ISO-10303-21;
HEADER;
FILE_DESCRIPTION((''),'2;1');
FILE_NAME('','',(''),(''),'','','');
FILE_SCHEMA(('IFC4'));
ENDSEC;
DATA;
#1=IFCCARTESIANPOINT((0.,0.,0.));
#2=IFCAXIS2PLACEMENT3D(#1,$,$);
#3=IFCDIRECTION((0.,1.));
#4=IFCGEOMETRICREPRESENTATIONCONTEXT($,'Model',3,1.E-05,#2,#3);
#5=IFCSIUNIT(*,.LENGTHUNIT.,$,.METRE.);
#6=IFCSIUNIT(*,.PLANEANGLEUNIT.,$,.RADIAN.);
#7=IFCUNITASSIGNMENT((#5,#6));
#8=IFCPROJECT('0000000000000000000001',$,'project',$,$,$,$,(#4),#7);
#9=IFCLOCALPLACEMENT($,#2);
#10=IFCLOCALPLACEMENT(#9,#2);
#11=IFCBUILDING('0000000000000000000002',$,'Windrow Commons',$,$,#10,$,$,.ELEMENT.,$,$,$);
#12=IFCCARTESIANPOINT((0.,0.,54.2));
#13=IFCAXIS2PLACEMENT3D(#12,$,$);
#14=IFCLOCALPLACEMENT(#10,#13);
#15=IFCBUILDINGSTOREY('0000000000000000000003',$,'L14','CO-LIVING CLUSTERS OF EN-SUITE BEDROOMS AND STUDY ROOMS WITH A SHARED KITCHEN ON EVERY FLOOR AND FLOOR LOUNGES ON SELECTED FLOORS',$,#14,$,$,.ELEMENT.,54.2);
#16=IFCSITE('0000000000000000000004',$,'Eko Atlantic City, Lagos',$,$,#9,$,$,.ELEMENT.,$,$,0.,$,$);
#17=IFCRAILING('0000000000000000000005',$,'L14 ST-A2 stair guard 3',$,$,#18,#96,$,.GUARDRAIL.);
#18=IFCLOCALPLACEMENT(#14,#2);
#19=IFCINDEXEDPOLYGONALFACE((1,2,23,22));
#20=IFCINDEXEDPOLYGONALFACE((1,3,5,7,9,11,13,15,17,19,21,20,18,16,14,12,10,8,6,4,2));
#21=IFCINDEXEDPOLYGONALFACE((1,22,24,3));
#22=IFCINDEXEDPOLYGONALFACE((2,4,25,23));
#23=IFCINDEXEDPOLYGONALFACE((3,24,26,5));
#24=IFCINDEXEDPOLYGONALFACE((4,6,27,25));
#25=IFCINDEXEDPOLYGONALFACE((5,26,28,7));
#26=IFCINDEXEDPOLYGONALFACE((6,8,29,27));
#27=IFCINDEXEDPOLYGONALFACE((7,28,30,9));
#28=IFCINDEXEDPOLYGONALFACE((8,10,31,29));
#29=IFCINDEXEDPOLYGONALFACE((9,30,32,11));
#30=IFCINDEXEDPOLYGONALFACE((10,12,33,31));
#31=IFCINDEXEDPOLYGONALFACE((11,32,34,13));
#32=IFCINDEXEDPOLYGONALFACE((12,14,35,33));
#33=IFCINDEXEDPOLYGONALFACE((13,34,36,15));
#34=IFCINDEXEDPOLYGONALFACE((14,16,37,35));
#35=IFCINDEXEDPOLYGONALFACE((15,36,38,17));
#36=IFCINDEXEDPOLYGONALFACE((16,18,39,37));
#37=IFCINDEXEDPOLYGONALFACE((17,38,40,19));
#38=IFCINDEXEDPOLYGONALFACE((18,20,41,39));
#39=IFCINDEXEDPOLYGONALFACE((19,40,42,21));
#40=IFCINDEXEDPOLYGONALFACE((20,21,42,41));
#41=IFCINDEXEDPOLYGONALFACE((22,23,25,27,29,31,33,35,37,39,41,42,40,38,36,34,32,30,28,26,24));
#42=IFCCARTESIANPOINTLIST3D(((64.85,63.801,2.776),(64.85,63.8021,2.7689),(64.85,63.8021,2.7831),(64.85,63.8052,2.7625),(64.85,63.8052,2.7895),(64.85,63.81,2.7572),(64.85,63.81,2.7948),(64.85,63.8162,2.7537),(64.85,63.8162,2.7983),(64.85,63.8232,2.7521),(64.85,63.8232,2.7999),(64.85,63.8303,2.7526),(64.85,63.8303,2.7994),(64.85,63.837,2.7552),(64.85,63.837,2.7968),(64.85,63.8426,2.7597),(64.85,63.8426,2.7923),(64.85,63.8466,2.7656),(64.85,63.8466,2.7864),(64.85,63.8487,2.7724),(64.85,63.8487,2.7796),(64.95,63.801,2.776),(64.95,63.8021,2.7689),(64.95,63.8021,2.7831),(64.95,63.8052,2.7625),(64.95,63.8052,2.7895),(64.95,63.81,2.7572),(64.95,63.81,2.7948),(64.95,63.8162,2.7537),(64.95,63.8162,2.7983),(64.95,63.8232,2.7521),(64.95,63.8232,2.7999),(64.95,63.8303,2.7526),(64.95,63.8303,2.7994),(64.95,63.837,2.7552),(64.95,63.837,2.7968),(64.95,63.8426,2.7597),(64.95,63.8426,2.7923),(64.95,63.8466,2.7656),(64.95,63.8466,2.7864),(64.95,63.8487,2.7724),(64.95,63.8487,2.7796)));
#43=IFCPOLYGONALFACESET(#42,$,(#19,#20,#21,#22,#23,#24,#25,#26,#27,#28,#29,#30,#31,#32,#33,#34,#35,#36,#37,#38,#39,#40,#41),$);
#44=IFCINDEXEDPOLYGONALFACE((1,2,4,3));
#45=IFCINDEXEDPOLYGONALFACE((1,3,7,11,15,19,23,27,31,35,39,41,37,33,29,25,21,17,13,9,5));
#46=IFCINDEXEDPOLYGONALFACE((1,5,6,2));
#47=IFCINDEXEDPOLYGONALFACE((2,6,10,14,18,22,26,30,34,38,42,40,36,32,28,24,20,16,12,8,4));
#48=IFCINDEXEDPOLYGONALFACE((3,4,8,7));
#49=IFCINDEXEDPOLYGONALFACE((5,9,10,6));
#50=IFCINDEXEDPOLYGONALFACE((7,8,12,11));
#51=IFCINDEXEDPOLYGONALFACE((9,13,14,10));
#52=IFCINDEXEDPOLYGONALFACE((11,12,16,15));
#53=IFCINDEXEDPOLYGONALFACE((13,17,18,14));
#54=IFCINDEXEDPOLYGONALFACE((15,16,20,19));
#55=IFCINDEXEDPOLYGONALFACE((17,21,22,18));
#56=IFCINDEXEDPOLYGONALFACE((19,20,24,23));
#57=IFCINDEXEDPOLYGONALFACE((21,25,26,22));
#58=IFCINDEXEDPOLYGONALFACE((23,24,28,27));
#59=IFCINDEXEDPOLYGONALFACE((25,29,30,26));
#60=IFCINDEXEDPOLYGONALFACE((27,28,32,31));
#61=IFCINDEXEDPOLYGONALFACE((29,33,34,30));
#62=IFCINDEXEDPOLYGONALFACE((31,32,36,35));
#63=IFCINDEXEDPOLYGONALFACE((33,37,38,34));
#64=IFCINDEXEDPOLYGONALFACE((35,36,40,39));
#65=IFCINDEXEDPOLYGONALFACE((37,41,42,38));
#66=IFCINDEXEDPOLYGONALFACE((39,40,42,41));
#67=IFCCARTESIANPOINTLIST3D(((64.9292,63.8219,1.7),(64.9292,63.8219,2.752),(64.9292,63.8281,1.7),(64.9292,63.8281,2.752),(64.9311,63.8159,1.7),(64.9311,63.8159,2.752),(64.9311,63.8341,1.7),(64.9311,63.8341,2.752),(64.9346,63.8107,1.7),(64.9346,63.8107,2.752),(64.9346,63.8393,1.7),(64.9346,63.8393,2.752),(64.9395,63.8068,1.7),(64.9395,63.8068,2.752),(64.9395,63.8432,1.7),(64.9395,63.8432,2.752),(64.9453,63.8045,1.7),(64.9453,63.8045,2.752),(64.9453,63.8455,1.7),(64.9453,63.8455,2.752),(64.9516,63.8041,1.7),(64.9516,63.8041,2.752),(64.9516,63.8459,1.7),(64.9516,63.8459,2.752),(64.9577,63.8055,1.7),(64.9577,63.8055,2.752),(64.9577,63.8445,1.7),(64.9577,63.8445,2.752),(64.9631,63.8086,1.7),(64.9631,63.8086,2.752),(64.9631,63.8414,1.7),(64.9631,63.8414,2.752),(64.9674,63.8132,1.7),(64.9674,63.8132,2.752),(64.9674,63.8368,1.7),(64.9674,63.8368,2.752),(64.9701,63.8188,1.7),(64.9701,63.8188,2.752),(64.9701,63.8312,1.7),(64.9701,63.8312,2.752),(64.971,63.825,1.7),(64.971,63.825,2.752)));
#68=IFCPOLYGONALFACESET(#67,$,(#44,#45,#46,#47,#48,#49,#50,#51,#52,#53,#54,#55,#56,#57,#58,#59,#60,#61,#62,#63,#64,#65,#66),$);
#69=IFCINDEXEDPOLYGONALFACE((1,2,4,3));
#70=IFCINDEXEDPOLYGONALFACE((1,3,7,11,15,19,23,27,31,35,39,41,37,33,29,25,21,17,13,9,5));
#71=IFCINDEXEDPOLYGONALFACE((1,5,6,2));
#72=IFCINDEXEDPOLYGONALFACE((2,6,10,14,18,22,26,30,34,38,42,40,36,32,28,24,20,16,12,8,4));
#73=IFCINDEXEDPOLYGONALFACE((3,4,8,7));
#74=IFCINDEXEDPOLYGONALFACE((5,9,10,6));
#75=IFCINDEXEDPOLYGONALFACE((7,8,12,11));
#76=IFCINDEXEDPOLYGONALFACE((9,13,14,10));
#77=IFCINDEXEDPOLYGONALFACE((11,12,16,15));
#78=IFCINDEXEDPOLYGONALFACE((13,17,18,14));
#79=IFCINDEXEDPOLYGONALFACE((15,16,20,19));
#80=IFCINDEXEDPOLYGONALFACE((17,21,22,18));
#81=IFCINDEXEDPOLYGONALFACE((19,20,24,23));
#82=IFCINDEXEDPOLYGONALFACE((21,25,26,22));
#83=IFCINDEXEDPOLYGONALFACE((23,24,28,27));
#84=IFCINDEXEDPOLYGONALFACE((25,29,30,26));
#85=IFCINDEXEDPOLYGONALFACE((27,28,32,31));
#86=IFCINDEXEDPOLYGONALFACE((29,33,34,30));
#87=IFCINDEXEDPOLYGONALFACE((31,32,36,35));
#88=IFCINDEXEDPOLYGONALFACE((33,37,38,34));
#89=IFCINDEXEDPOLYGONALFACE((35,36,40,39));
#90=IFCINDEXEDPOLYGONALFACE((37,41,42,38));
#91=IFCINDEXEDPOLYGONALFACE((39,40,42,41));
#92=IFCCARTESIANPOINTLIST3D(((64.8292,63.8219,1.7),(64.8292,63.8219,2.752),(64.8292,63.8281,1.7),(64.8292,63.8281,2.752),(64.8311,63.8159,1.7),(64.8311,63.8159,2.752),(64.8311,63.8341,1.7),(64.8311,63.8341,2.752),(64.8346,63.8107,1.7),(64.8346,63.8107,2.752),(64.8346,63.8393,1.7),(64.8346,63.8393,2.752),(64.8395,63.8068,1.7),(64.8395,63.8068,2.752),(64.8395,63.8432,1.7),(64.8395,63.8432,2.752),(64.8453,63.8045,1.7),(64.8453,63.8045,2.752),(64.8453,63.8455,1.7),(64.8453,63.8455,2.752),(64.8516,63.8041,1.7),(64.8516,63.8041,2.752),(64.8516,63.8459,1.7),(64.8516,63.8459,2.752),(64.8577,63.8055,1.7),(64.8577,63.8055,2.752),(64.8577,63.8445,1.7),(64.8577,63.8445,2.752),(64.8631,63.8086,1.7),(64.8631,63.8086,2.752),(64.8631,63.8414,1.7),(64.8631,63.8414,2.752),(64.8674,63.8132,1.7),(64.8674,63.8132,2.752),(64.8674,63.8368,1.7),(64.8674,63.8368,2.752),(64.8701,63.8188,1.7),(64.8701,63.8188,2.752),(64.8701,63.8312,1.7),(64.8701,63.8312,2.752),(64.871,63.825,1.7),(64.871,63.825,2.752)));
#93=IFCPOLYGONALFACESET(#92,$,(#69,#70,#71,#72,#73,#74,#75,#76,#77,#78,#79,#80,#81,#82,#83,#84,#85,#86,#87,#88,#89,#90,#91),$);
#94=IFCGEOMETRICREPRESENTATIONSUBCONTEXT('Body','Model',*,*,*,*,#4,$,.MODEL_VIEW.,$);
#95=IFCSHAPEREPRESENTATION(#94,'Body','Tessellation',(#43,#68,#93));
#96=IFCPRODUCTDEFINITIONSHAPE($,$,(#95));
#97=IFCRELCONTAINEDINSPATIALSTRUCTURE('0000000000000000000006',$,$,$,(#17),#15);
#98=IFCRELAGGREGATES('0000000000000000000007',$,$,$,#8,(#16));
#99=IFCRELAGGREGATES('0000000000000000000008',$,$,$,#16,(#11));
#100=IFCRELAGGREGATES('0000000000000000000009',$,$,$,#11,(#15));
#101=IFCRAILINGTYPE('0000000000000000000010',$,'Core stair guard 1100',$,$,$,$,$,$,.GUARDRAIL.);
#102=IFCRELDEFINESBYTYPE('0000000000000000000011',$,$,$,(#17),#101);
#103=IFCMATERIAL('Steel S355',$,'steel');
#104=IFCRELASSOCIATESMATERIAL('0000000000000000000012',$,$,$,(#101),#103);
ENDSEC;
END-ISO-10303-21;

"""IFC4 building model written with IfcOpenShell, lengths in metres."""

from ifc_helpers import new_model, si_unit, direction, frame, origin, origin_2d, place, context, subcontext, project, spatial, circle, extrude, material, type_object, element, save


model = new_model("IFC4")

# Units and contexts
model_context = context("Model", 3, precision=1e-05, world=origin(), true_north=direction((0.0, 1.0)))
body_context = subcontext(model_context, "Body", "Model", "MODEL_VIEW")
ifc_project = project(units=[si_unit("LENGTHUNIT", "METRE"), si_unit("PLANEANGLEUNIT", "RADIAN")], contexts=[model_context])

# Site, building, storey
site_placement = place(None, origin())
site = spatial("IfcSite", under=ifc_project, at=site_placement, Name="Eko Atlantic City, Lagos", CompositionType="ELEMENT", RefElevation=0.0)
building_placement = place(site_placement, origin())
building = spatial("IfcBuilding", under=site, at=building_placement, Name="Windrow Commons", CompositionType="ELEMENT")
storey_placement = place(building_placement, frame((0.0, 0.0, 54.2)))
storey = spatial("IfcBuildingStorey", under=building, at=storey_placement, Name="L14", Description="CO-LIVING CLUSTERS OF EN-SUITE BEDROOMS AND STUDY ROOMS WITH A SHARED KITCHEN ON EVERY FLOOR AND FLOOR LOUNGES ON SELECTED FLOORS", CompositionType="ELEMENT", Elevation=54.2)

# Railing
ifc_material_1 = material(Name="Steel S355", Category="steel")
railing_type_1 = type_object("IfcRailingType", Name="Core stair guard 1100", PredefinedType="GUARDRAIL", material=ifc_material_1)
railing_1_placement = place(storey_placement, frame((64.95, 63.825, 1.7)))
element("IfcRailing", 1, at=railing_1_placement, inside=storey, type_object=railing_type_1, Name="L14 ST-A2 stair guard 3", PredefinedType="GUARDRAIL", context=body_context, shape_type="SweptSolid", body=[
    extrude(circle(Radius=0.024, at=origin_2d()), frame((0.0, 0.0, 1.076), z_axis=(-1.0, 0.0, 0.0), x_axis=(0.0, -1.0, 0.0)), (0.0, 0.0, 1.0), 0.1),
    extrude(circle(Radius=0.021, at=origin_2d()), origin(), (0.0, 0.0, 1.0), 1.052),
    extrude(circle(Radius=0.021, at=origin_2d()), frame((-0.1, 0.0, 0.0)), (0.0, 0.0, 1.0), 1.052),
])

save(model, "model.ifc")
